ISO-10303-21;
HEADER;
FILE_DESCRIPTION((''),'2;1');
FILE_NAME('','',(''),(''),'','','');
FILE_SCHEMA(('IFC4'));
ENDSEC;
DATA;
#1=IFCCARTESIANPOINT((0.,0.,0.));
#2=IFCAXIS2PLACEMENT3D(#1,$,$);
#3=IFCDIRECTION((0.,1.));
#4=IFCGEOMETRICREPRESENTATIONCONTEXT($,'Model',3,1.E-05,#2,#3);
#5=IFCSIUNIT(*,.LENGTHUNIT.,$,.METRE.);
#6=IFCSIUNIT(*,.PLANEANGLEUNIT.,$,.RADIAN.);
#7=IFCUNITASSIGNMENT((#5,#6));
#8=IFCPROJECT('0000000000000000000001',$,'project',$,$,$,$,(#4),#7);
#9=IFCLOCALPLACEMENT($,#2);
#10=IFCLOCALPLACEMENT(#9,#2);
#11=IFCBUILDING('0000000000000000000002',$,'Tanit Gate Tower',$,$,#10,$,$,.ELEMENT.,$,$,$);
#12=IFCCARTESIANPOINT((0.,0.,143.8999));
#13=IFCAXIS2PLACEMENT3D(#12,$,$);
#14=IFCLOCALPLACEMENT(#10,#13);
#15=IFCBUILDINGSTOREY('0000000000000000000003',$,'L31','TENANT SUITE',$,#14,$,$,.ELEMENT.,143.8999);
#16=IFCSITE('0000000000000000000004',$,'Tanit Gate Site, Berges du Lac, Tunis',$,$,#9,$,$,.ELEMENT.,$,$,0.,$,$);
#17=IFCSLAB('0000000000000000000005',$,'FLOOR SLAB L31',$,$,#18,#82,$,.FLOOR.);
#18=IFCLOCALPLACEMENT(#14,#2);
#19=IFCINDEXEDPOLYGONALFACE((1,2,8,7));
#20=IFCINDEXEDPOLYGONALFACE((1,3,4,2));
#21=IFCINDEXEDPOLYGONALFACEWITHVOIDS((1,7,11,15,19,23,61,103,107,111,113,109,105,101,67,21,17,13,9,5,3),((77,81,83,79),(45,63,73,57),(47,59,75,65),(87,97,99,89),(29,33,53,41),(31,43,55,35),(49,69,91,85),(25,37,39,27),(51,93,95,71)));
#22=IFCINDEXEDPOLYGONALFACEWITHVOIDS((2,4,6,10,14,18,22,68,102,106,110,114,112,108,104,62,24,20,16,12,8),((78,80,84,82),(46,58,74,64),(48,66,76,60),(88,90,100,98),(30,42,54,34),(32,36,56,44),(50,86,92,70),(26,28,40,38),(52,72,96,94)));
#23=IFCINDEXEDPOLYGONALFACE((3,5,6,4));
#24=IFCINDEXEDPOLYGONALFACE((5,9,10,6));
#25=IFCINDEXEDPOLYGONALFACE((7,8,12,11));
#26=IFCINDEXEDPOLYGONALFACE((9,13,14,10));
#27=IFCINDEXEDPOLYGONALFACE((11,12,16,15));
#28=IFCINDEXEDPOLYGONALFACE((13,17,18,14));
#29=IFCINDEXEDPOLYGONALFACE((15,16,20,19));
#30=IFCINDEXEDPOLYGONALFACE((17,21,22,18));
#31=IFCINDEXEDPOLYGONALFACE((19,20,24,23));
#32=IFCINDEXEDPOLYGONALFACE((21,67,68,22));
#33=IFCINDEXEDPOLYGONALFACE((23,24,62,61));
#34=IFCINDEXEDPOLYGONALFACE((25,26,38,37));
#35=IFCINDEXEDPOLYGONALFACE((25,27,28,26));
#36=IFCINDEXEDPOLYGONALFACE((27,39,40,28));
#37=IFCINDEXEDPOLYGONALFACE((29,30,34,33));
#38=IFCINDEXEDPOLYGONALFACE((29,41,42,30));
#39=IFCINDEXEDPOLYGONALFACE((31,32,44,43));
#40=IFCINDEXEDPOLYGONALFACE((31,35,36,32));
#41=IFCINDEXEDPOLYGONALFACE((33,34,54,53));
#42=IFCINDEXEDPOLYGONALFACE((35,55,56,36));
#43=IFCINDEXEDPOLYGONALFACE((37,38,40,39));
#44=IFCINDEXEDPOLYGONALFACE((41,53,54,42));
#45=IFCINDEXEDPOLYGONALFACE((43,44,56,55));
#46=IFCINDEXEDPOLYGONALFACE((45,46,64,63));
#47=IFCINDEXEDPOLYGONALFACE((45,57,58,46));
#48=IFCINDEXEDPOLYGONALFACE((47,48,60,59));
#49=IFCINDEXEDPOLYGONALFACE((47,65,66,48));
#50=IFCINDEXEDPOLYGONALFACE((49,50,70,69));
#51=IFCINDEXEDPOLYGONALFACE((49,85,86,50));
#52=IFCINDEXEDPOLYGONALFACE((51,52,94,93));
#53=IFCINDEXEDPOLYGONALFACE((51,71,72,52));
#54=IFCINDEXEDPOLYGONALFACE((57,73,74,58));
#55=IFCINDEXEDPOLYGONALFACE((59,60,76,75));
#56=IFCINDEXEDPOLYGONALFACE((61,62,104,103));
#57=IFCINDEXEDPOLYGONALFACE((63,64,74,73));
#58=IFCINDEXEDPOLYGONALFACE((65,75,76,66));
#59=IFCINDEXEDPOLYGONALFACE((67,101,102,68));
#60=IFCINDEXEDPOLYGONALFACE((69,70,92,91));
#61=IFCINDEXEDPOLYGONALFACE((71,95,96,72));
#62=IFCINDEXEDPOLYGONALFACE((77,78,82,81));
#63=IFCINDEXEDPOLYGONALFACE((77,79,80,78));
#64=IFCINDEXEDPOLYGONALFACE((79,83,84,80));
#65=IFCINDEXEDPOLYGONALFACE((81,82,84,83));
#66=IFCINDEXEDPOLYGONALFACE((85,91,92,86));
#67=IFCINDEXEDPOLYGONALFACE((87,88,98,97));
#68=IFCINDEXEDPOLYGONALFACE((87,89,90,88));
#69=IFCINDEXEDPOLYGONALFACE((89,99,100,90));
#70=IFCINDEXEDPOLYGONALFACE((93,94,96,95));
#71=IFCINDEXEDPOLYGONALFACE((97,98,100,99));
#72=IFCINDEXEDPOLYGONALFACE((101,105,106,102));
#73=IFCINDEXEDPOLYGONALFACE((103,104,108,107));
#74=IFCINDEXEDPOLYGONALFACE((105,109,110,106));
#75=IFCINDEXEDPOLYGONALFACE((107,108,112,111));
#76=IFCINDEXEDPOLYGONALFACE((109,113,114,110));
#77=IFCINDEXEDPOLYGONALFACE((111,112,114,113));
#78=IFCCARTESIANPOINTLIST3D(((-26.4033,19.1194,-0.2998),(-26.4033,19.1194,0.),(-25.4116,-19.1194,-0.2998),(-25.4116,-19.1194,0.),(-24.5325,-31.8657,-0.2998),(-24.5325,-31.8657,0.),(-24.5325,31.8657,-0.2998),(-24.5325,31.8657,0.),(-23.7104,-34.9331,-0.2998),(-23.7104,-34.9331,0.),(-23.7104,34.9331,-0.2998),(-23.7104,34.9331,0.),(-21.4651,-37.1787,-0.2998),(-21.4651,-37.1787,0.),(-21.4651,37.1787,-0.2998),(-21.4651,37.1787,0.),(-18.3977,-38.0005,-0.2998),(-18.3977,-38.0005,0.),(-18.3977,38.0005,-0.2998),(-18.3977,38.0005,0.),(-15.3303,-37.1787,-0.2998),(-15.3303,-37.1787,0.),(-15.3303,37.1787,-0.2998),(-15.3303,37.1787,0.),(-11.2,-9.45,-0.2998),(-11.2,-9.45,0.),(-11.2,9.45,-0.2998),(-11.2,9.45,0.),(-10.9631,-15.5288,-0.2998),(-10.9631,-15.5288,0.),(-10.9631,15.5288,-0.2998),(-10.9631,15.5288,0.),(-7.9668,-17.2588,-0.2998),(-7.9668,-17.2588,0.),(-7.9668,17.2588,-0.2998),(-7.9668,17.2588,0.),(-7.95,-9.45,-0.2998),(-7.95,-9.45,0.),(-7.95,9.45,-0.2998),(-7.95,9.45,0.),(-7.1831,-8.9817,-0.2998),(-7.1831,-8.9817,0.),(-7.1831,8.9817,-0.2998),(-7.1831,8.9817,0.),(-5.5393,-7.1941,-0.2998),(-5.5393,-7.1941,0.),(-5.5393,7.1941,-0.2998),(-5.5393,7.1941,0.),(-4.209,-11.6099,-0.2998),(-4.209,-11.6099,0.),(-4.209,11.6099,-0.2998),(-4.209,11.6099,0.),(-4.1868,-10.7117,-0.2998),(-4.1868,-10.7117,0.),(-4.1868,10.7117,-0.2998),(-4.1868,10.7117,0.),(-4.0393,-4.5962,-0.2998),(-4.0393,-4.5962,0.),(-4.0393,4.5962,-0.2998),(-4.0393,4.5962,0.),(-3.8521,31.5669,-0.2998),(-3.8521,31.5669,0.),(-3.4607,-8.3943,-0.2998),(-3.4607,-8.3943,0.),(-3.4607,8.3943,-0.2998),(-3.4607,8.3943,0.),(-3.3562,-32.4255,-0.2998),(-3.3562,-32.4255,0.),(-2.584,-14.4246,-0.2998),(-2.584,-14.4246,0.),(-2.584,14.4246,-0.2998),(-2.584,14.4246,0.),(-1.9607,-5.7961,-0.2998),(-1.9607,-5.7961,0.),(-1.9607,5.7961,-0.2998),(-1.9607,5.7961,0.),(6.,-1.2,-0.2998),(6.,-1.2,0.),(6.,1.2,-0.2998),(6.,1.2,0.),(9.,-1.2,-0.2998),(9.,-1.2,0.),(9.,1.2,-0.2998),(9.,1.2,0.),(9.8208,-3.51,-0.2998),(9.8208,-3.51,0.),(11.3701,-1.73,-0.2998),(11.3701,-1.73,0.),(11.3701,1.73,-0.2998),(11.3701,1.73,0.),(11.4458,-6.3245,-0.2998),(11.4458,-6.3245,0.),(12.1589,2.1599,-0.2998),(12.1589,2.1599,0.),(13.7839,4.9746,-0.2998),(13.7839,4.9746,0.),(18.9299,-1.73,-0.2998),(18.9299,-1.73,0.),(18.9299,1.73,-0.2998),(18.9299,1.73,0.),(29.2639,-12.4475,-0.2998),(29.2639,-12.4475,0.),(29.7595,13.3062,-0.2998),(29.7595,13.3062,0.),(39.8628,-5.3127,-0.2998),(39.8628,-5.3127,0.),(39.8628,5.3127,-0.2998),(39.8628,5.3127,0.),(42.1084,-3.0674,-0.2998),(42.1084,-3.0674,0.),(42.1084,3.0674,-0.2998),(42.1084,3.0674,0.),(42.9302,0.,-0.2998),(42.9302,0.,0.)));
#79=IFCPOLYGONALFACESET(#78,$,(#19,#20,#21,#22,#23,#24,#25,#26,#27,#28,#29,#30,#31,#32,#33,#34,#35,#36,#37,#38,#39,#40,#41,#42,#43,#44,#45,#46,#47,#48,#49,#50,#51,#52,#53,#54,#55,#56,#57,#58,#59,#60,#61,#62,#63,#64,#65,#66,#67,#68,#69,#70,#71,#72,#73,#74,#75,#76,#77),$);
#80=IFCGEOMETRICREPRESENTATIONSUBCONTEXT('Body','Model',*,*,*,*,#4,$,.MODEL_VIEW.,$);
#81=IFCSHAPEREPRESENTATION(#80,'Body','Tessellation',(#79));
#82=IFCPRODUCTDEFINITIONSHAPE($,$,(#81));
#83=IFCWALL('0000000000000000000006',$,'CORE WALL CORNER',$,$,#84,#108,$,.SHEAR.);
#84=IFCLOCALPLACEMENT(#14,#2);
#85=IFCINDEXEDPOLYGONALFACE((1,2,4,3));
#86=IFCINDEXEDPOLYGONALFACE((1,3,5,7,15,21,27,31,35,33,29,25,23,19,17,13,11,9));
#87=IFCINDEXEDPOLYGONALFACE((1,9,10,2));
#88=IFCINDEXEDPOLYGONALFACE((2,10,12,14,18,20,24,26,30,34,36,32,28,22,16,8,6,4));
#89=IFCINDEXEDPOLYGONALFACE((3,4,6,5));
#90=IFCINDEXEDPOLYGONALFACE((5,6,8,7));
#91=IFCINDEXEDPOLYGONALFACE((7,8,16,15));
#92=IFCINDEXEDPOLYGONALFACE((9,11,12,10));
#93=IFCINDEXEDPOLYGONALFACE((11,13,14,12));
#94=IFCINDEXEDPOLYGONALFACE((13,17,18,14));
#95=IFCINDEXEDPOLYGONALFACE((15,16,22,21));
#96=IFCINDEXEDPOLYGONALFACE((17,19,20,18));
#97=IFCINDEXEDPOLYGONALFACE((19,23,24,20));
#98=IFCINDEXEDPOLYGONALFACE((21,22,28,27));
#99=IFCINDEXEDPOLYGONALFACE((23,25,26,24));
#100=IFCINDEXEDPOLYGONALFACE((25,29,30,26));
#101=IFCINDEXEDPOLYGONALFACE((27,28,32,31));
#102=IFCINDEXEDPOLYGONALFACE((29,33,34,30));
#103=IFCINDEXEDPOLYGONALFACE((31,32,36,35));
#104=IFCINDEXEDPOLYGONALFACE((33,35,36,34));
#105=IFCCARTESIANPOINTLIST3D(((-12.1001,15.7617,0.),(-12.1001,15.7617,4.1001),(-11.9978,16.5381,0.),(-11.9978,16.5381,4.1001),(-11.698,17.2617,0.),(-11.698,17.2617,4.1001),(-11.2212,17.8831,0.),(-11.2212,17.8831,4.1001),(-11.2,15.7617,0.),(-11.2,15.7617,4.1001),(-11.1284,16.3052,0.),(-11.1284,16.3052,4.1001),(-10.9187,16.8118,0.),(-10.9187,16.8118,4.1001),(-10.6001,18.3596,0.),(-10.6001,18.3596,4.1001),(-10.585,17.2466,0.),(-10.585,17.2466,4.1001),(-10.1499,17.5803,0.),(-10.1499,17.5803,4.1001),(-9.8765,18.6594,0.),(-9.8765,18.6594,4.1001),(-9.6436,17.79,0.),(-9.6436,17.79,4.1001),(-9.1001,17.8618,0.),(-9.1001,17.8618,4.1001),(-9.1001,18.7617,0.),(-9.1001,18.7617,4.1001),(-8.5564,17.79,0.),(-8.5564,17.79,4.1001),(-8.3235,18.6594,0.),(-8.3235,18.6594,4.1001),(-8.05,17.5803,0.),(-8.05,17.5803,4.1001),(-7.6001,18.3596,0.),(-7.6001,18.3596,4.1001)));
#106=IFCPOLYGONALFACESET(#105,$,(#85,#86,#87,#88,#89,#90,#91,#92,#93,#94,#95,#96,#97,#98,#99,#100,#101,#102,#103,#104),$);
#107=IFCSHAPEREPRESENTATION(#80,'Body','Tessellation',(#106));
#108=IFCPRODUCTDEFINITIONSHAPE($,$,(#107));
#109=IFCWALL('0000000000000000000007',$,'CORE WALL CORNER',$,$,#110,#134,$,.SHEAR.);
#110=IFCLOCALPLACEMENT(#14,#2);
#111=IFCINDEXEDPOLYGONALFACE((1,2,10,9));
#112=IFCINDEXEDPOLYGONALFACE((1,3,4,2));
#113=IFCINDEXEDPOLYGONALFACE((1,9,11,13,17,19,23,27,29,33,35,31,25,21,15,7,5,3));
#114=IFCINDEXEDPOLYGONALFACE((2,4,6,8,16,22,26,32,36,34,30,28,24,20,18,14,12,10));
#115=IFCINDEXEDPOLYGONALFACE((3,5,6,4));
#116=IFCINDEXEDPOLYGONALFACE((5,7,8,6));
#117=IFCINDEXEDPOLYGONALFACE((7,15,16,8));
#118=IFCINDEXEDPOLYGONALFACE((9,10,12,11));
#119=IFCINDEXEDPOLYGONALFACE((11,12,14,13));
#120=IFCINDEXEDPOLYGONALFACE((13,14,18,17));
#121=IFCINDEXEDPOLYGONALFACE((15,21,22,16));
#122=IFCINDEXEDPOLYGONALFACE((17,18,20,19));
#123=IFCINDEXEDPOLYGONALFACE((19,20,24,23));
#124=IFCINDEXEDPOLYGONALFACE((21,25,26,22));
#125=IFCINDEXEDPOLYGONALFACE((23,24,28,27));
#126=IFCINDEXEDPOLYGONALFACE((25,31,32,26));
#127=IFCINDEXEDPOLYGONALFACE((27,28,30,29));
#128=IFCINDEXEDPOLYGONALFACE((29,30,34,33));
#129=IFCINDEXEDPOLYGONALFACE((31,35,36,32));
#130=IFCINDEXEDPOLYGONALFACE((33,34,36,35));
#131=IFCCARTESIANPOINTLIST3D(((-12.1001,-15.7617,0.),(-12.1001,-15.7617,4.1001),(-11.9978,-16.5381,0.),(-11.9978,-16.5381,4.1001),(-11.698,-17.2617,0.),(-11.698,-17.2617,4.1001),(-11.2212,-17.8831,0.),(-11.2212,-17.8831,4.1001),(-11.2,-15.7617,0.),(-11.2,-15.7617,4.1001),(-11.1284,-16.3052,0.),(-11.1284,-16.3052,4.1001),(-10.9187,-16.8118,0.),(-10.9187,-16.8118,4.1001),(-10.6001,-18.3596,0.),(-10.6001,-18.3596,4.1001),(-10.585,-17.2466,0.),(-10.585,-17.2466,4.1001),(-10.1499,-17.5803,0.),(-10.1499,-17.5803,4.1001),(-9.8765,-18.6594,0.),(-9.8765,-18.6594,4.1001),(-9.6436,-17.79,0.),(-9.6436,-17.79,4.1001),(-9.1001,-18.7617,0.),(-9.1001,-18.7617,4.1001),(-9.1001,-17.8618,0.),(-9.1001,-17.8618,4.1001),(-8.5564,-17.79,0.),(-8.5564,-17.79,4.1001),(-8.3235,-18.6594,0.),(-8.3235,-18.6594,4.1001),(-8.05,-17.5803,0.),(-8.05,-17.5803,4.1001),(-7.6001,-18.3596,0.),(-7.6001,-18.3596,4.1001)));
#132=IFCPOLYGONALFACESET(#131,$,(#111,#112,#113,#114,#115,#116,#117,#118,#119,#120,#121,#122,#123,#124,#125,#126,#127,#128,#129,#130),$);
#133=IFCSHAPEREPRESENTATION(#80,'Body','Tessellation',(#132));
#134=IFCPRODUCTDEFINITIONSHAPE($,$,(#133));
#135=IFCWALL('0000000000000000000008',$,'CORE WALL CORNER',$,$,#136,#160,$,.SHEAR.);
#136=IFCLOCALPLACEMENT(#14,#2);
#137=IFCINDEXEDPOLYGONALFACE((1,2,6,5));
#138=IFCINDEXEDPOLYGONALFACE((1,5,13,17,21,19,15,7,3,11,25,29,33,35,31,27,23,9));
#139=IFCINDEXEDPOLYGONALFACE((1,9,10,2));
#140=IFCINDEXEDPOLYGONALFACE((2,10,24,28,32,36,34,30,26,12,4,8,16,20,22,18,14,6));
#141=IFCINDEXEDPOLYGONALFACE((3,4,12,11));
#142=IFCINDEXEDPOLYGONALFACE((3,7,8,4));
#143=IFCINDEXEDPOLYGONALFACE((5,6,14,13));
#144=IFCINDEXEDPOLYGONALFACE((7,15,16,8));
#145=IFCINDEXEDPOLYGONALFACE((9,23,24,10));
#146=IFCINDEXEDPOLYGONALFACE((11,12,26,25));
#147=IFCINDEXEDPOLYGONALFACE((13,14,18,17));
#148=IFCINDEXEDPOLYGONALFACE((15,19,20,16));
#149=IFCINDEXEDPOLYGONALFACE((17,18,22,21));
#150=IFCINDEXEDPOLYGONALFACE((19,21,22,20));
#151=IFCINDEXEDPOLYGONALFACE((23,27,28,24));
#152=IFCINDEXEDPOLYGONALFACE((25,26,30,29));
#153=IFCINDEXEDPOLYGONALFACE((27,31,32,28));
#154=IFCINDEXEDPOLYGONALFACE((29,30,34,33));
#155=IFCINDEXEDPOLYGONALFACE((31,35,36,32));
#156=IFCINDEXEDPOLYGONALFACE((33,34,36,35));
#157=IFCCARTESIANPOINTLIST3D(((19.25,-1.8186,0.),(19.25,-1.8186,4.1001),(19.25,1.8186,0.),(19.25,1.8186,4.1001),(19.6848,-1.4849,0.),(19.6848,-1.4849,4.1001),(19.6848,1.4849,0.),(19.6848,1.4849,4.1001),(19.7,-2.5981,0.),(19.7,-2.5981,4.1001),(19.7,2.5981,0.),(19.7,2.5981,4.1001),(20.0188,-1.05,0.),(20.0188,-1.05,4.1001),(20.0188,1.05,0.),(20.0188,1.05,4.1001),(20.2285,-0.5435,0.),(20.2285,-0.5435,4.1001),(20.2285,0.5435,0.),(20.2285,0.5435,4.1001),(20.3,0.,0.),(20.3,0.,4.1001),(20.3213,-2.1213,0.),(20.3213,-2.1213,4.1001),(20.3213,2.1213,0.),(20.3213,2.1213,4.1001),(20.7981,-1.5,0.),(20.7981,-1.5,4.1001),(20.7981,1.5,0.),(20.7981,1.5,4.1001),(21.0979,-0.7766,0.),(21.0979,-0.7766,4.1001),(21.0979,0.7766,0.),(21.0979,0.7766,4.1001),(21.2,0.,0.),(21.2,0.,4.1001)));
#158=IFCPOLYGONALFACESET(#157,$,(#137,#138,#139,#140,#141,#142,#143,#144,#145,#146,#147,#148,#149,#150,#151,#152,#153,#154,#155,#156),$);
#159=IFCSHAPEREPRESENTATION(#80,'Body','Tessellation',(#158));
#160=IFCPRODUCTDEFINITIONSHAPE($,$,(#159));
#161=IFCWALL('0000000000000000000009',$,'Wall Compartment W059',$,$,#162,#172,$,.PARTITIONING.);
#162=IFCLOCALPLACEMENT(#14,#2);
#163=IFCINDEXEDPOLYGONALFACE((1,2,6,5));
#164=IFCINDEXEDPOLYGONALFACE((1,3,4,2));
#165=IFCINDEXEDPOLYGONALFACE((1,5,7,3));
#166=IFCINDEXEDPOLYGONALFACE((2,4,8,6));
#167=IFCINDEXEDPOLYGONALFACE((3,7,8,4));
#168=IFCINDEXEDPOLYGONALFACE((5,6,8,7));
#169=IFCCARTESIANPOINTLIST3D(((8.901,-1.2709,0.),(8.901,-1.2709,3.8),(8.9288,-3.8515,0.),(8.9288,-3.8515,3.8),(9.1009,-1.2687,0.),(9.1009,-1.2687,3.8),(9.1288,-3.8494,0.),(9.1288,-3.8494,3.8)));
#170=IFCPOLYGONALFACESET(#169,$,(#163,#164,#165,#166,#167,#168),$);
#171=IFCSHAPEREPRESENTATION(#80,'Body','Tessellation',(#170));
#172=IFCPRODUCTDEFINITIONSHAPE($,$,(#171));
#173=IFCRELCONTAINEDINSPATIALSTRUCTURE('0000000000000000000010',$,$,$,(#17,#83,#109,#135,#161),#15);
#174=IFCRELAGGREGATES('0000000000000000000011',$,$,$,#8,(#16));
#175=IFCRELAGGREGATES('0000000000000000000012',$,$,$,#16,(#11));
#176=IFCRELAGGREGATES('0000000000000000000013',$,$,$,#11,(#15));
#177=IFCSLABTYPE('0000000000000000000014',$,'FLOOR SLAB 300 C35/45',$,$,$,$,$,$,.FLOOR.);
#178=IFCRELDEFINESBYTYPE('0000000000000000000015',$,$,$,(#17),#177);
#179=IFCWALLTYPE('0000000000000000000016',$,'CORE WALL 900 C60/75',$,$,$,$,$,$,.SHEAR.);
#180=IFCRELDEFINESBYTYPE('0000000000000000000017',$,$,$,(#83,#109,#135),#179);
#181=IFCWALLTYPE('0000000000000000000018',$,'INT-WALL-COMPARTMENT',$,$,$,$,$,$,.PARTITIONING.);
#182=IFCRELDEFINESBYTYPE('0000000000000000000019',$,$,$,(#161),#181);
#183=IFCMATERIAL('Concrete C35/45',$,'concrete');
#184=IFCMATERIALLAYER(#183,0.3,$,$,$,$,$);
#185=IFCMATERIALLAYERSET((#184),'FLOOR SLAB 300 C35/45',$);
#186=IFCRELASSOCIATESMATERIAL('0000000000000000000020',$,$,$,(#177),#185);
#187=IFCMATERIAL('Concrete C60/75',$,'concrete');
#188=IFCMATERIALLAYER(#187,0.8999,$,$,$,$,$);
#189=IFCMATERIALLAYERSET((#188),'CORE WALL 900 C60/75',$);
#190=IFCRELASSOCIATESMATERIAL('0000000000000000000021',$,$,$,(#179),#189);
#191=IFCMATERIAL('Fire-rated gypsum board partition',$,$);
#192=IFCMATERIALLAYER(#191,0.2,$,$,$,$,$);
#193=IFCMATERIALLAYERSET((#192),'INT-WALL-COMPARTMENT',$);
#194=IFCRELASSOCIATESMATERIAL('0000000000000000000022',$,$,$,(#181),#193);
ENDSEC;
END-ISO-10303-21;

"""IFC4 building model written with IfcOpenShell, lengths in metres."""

from ifc_helpers import new_model, si_unit, direction, frame, frame_2d, origin, place, context, subcontext, project, spatial, polyline, rectangle, outline, extrude, material, layer, layer_set, type_object, element, save


model = new_model("IFC4")

# Units and contexts
model_context = context("Model", 3, precision=1e-05, world=origin(), true_north=direction((0.0, 1.0)))
body_context = subcontext(model_context, "Body", "Model", "MODEL_VIEW")
ifc_project = project(units=[si_unit("LENGTHUNIT", "METRE"), si_unit("PLANEANGLEUNIT", "RADIAN")], contexts=[model_context])

# Site, building, storey
site_placement = place(None, origin())
site = spatial("IfcSite", under=ifc_project, at=site_placement, Name="Tanit Gate Site, Berges du Lac, Tunis", CompositionType="ELEMENT", RefElevation=0.0)
building_placement = place(site_placement, origin())
building = spatial("IfcBuilding", under=site, at=building_placement, Name="Tanit Gate Tower", CompositionType="ELEMENT")
storey_placement = place(building_placement, frame((0.0, 0.0, 143.8999)))
storey = spatial("IfcBuildingStorey", under=building, at=storey_placement, Name="L31", Description="TENANT SUITE", CompositionType="ELEMENT", Elevation=143.8999)

# Slab
ifc_material_1 = material(Name="Concrete C35/45", Category="concrete")
ifc_layer_1 = layer(ifc_material_1, 0.3)
ifc_layer_set_1 = layer_set([ifc_layer_1], Name="FLOOR SLAB 300 C35/45")
slab_type = type_object("IfcSlabType", Name="FLOOR SLAB 300 C35/45", PredefinedType="FLOOR", material=ifc_layer_set_1)
slab_placement = place(storey_placement, frame((0.0, 0.0, -0.2998)))
element("IfcSlab", 1, at=slab_placement, inside=storey, type_object=slab_type, Name="FLOOR SLAB L31", PredefinedType="FLOOR", context=body_context, shape_type="SweptSolid", body=[
    extrude(outline(polyline([(39.8628, 5.3127), (42.1084, 3.0674), (42.9302, 0.0), (42.1084, -3.0674), (39.8628, -5.3127), (29.2639, -12.4475), (-3.3562, -32.4255), (-15.3303, -37.1787), (-18.3977, -38.0005), (-21.4651, -37.1787), (-23.7104, -34.9331), (-24.5325, -31.8657), (-25.4116, -19.1194), (-26.4033, 19.1194), (-24.5325, 31.8657), (-23.7104, 34.9331), (-21.4651, 37.1787), (-18.3977, 38.0005), (-15.3303, 37.1787), (-3.8521, 31.5669), (29.7595, 13.3062), (39.8628, 5.3127)]), holes=[polyline([(11.3701, 1.73), (18.9299, 1.73), (18.9299, -1.73), (11.3701, -1.73), (11.3701, 1.73)]), polyline([(-4.209, 11.6099), (-2.584, 14.4246), (13.7839, 4.9746), (12.1589, 2.1599), (-4.209, 11.6099)]), polyline([(-4.209, -11.6099), (9.8208, -3.51), (11.4458, -6.3245), (-2.584, -14.4246), (-4.209, -11.6099)]), polyline([(9.0, 1.2), (9.0, -1.2), (6.0, -1.2), (6.0, 1.2), (9.0, 1.2)]), polyline([(-5.5393, 7.1941), (-3.4607, 8.3943), (-1.9607, 5.7961), (-4.0393, 4.5962), (-5.5393, 7.1941)]), polyline([(-1.9607, -5.7961), (-3.4607, -8.3943), (-5.5393, -7.1941), (-4.0393, -4.5962), (-1.9607, -5.7961)]), polyline([(-10.9631, 15.5288), (-7.9668, 17.2588), (-4.1868, 10.7117), (-7.1831, 8.9817), (-10.9631, 15.5288)]), polyline([(-4.1868, -10.7117), (-7.9668, -17.2588), (-10.9631, -15.5288), (-7.1831, -8.9817), (-4.1868, -10.7117)]), polyline([(-11.2, -9.45), (-11.2, 9.45), (-7.95, 9.45), (-7.95, -9.45), (-11.2, -9.45)])]), origin(), (0.0, 0.0, 1.0), 0.2998),
])

# Walls
ifc_material_2 = material(Name="Concrete C60/75", Category="concrete")
ifc_layer_2 = layer(ifc_material_2, 0.8999)
ifc_layer_set_2 = layer_set([ifc_layer_2], Name="CORE WALL 900 C60/75")
wall_type_1 = type_object("IfcWallType", Name="CORE WALL 900 C60/75", PredefinedType="SHEAR", material=ifc_layer_set_2)
wall_1_placement = place(storey_placement, origin())
element("IfcWall", 2, at=wall_1_placement, inside=storey, type_object=wall_type_1, Name="CORE WALL CORNER", PredefinedType="SHEAR", context=body_context, shape_type="SweptSolid", body=[
    extrude(outline(polyline([(-7.6001, 18.3596), (-8.3235, 18.6594), (-9.1001, 18.7617), (-9.8765, 18.6594), (-10.6001, 18.3596), (-11.2212, 17.8831), (-11.698, 17.2617), (-11.9978, 16.5381), (-12.1001, 15.7617), (-11.2, 15.7617), (-11.1284, 16.3052), (-10.9187, 16.8118), (-10.585, 17.2466), (-10.1499, 17.5803), (-9.6436, 17.79), (-9.1001, 17.8618), (-8.5564, 17.79), (-8.05, 17.5803), (-7.6001, 18.3596)])), origin(), (0.0, 0.0, 1.0), 4.1001),
])
wall_2_placement = place(storey_placement, origin())
element("IfcWall", 3, at=wall_2_placement, inside=storey, type_object=wall_type_1, Name="CORE WALL CORNER", PredefinedType="SHEAR", context=body_context, shape_type="SweptSolid", body=[
    extrude(outline(polyline([(-12.1001, -15.7617), (-11.9978, -16.5381), (-11.698, -17.2617), (-11.2212, -17.8831), (-10.6001, -18.3596), (-9.8765, -18.6594), (-9.1001, -18.7617), (-8.3235, -18.6594), (-7.6001, -18.3596), (-8.05, -17.5803), (-8.5564, -17.79), (-9.1001, -17.8618), (-9.6436, -17.79), (-10.1499, -17.5803), (-10.585, -17.2466), (-10.9187, -16.8118), (-11.1284, -16.3052), (-11.2, -15.7617), (-12.1001, -15.7617)])), origin(), (0.0, 0.0, 1.0), 4.1001),
])
wall_3_placement = place(storey_placement, origin())
element("IfcWall", 4, at=wall_3_placement, inside=storey, type_object=wall_type_1, Name="CORE WALL CORNER", PredefinedType="SHEAR", context=body_context, shape_type="SweptSolid", body=[
    extrude(outline(polyline([(19.7, -2.5981), (20.3213, -2.1213), (20.7981, -1.5), (21.0979, -0.7766), (21.2, 0.0), (21.0979, 0.7766), (20.7981, 1.5), (20.3213, 2.1213), (19.7, 2.5981), (19.25, 1.8186), (19.6848, 1.4849), (20.0188, 1.05), (20.2285, 0.5435), (20.3, 0.0), (20.2285, -0.5435), (20.0188, -1.05), (19.6848, -1.4849), (19.25, -1.8186), (19.7, -2.5981)])), origin(), (0.0, 0.0, 1.0), 4.1001),
])
ifc_material_3 = material(Name="Fire-rated gypsum board partition")
ifc_layer_3 = layer(ifc_material_3, 0.2)
ifc_layer_set_3 = layer_set([ifc_layer_3], Name="INT-WALL-COMPARTMENT")
wall_type_2 = type_object("IfcWallType", Name="INT-WALL-COMPARTMENT", PredefinedType="PARTITIONING", material=ifc_layer_set_3)
wall_4_placement = place(storey_placement, frame((9.0288, -3.8506, 0.0), z_axis=(0.0, 0.0, 1.0), x_axis=(-0.010785, 0.999942, 0.0)))
element("IfcWall", 5, at=wall_4_placement, inside=storey, type_object=wall_type_2, Name="Wall Compartment W059", PredefinedType="PARTITIONING", context=body_context, shape_type="SweptSolid", body=[
    extrude(rectangle(XDim=2.5808, YDim=0.2, at=frame_2d((1.2905, 0.0))), origin(), (0.0, 0.0, 1.0), 3.8),
])

save(model, "model.ifc")
